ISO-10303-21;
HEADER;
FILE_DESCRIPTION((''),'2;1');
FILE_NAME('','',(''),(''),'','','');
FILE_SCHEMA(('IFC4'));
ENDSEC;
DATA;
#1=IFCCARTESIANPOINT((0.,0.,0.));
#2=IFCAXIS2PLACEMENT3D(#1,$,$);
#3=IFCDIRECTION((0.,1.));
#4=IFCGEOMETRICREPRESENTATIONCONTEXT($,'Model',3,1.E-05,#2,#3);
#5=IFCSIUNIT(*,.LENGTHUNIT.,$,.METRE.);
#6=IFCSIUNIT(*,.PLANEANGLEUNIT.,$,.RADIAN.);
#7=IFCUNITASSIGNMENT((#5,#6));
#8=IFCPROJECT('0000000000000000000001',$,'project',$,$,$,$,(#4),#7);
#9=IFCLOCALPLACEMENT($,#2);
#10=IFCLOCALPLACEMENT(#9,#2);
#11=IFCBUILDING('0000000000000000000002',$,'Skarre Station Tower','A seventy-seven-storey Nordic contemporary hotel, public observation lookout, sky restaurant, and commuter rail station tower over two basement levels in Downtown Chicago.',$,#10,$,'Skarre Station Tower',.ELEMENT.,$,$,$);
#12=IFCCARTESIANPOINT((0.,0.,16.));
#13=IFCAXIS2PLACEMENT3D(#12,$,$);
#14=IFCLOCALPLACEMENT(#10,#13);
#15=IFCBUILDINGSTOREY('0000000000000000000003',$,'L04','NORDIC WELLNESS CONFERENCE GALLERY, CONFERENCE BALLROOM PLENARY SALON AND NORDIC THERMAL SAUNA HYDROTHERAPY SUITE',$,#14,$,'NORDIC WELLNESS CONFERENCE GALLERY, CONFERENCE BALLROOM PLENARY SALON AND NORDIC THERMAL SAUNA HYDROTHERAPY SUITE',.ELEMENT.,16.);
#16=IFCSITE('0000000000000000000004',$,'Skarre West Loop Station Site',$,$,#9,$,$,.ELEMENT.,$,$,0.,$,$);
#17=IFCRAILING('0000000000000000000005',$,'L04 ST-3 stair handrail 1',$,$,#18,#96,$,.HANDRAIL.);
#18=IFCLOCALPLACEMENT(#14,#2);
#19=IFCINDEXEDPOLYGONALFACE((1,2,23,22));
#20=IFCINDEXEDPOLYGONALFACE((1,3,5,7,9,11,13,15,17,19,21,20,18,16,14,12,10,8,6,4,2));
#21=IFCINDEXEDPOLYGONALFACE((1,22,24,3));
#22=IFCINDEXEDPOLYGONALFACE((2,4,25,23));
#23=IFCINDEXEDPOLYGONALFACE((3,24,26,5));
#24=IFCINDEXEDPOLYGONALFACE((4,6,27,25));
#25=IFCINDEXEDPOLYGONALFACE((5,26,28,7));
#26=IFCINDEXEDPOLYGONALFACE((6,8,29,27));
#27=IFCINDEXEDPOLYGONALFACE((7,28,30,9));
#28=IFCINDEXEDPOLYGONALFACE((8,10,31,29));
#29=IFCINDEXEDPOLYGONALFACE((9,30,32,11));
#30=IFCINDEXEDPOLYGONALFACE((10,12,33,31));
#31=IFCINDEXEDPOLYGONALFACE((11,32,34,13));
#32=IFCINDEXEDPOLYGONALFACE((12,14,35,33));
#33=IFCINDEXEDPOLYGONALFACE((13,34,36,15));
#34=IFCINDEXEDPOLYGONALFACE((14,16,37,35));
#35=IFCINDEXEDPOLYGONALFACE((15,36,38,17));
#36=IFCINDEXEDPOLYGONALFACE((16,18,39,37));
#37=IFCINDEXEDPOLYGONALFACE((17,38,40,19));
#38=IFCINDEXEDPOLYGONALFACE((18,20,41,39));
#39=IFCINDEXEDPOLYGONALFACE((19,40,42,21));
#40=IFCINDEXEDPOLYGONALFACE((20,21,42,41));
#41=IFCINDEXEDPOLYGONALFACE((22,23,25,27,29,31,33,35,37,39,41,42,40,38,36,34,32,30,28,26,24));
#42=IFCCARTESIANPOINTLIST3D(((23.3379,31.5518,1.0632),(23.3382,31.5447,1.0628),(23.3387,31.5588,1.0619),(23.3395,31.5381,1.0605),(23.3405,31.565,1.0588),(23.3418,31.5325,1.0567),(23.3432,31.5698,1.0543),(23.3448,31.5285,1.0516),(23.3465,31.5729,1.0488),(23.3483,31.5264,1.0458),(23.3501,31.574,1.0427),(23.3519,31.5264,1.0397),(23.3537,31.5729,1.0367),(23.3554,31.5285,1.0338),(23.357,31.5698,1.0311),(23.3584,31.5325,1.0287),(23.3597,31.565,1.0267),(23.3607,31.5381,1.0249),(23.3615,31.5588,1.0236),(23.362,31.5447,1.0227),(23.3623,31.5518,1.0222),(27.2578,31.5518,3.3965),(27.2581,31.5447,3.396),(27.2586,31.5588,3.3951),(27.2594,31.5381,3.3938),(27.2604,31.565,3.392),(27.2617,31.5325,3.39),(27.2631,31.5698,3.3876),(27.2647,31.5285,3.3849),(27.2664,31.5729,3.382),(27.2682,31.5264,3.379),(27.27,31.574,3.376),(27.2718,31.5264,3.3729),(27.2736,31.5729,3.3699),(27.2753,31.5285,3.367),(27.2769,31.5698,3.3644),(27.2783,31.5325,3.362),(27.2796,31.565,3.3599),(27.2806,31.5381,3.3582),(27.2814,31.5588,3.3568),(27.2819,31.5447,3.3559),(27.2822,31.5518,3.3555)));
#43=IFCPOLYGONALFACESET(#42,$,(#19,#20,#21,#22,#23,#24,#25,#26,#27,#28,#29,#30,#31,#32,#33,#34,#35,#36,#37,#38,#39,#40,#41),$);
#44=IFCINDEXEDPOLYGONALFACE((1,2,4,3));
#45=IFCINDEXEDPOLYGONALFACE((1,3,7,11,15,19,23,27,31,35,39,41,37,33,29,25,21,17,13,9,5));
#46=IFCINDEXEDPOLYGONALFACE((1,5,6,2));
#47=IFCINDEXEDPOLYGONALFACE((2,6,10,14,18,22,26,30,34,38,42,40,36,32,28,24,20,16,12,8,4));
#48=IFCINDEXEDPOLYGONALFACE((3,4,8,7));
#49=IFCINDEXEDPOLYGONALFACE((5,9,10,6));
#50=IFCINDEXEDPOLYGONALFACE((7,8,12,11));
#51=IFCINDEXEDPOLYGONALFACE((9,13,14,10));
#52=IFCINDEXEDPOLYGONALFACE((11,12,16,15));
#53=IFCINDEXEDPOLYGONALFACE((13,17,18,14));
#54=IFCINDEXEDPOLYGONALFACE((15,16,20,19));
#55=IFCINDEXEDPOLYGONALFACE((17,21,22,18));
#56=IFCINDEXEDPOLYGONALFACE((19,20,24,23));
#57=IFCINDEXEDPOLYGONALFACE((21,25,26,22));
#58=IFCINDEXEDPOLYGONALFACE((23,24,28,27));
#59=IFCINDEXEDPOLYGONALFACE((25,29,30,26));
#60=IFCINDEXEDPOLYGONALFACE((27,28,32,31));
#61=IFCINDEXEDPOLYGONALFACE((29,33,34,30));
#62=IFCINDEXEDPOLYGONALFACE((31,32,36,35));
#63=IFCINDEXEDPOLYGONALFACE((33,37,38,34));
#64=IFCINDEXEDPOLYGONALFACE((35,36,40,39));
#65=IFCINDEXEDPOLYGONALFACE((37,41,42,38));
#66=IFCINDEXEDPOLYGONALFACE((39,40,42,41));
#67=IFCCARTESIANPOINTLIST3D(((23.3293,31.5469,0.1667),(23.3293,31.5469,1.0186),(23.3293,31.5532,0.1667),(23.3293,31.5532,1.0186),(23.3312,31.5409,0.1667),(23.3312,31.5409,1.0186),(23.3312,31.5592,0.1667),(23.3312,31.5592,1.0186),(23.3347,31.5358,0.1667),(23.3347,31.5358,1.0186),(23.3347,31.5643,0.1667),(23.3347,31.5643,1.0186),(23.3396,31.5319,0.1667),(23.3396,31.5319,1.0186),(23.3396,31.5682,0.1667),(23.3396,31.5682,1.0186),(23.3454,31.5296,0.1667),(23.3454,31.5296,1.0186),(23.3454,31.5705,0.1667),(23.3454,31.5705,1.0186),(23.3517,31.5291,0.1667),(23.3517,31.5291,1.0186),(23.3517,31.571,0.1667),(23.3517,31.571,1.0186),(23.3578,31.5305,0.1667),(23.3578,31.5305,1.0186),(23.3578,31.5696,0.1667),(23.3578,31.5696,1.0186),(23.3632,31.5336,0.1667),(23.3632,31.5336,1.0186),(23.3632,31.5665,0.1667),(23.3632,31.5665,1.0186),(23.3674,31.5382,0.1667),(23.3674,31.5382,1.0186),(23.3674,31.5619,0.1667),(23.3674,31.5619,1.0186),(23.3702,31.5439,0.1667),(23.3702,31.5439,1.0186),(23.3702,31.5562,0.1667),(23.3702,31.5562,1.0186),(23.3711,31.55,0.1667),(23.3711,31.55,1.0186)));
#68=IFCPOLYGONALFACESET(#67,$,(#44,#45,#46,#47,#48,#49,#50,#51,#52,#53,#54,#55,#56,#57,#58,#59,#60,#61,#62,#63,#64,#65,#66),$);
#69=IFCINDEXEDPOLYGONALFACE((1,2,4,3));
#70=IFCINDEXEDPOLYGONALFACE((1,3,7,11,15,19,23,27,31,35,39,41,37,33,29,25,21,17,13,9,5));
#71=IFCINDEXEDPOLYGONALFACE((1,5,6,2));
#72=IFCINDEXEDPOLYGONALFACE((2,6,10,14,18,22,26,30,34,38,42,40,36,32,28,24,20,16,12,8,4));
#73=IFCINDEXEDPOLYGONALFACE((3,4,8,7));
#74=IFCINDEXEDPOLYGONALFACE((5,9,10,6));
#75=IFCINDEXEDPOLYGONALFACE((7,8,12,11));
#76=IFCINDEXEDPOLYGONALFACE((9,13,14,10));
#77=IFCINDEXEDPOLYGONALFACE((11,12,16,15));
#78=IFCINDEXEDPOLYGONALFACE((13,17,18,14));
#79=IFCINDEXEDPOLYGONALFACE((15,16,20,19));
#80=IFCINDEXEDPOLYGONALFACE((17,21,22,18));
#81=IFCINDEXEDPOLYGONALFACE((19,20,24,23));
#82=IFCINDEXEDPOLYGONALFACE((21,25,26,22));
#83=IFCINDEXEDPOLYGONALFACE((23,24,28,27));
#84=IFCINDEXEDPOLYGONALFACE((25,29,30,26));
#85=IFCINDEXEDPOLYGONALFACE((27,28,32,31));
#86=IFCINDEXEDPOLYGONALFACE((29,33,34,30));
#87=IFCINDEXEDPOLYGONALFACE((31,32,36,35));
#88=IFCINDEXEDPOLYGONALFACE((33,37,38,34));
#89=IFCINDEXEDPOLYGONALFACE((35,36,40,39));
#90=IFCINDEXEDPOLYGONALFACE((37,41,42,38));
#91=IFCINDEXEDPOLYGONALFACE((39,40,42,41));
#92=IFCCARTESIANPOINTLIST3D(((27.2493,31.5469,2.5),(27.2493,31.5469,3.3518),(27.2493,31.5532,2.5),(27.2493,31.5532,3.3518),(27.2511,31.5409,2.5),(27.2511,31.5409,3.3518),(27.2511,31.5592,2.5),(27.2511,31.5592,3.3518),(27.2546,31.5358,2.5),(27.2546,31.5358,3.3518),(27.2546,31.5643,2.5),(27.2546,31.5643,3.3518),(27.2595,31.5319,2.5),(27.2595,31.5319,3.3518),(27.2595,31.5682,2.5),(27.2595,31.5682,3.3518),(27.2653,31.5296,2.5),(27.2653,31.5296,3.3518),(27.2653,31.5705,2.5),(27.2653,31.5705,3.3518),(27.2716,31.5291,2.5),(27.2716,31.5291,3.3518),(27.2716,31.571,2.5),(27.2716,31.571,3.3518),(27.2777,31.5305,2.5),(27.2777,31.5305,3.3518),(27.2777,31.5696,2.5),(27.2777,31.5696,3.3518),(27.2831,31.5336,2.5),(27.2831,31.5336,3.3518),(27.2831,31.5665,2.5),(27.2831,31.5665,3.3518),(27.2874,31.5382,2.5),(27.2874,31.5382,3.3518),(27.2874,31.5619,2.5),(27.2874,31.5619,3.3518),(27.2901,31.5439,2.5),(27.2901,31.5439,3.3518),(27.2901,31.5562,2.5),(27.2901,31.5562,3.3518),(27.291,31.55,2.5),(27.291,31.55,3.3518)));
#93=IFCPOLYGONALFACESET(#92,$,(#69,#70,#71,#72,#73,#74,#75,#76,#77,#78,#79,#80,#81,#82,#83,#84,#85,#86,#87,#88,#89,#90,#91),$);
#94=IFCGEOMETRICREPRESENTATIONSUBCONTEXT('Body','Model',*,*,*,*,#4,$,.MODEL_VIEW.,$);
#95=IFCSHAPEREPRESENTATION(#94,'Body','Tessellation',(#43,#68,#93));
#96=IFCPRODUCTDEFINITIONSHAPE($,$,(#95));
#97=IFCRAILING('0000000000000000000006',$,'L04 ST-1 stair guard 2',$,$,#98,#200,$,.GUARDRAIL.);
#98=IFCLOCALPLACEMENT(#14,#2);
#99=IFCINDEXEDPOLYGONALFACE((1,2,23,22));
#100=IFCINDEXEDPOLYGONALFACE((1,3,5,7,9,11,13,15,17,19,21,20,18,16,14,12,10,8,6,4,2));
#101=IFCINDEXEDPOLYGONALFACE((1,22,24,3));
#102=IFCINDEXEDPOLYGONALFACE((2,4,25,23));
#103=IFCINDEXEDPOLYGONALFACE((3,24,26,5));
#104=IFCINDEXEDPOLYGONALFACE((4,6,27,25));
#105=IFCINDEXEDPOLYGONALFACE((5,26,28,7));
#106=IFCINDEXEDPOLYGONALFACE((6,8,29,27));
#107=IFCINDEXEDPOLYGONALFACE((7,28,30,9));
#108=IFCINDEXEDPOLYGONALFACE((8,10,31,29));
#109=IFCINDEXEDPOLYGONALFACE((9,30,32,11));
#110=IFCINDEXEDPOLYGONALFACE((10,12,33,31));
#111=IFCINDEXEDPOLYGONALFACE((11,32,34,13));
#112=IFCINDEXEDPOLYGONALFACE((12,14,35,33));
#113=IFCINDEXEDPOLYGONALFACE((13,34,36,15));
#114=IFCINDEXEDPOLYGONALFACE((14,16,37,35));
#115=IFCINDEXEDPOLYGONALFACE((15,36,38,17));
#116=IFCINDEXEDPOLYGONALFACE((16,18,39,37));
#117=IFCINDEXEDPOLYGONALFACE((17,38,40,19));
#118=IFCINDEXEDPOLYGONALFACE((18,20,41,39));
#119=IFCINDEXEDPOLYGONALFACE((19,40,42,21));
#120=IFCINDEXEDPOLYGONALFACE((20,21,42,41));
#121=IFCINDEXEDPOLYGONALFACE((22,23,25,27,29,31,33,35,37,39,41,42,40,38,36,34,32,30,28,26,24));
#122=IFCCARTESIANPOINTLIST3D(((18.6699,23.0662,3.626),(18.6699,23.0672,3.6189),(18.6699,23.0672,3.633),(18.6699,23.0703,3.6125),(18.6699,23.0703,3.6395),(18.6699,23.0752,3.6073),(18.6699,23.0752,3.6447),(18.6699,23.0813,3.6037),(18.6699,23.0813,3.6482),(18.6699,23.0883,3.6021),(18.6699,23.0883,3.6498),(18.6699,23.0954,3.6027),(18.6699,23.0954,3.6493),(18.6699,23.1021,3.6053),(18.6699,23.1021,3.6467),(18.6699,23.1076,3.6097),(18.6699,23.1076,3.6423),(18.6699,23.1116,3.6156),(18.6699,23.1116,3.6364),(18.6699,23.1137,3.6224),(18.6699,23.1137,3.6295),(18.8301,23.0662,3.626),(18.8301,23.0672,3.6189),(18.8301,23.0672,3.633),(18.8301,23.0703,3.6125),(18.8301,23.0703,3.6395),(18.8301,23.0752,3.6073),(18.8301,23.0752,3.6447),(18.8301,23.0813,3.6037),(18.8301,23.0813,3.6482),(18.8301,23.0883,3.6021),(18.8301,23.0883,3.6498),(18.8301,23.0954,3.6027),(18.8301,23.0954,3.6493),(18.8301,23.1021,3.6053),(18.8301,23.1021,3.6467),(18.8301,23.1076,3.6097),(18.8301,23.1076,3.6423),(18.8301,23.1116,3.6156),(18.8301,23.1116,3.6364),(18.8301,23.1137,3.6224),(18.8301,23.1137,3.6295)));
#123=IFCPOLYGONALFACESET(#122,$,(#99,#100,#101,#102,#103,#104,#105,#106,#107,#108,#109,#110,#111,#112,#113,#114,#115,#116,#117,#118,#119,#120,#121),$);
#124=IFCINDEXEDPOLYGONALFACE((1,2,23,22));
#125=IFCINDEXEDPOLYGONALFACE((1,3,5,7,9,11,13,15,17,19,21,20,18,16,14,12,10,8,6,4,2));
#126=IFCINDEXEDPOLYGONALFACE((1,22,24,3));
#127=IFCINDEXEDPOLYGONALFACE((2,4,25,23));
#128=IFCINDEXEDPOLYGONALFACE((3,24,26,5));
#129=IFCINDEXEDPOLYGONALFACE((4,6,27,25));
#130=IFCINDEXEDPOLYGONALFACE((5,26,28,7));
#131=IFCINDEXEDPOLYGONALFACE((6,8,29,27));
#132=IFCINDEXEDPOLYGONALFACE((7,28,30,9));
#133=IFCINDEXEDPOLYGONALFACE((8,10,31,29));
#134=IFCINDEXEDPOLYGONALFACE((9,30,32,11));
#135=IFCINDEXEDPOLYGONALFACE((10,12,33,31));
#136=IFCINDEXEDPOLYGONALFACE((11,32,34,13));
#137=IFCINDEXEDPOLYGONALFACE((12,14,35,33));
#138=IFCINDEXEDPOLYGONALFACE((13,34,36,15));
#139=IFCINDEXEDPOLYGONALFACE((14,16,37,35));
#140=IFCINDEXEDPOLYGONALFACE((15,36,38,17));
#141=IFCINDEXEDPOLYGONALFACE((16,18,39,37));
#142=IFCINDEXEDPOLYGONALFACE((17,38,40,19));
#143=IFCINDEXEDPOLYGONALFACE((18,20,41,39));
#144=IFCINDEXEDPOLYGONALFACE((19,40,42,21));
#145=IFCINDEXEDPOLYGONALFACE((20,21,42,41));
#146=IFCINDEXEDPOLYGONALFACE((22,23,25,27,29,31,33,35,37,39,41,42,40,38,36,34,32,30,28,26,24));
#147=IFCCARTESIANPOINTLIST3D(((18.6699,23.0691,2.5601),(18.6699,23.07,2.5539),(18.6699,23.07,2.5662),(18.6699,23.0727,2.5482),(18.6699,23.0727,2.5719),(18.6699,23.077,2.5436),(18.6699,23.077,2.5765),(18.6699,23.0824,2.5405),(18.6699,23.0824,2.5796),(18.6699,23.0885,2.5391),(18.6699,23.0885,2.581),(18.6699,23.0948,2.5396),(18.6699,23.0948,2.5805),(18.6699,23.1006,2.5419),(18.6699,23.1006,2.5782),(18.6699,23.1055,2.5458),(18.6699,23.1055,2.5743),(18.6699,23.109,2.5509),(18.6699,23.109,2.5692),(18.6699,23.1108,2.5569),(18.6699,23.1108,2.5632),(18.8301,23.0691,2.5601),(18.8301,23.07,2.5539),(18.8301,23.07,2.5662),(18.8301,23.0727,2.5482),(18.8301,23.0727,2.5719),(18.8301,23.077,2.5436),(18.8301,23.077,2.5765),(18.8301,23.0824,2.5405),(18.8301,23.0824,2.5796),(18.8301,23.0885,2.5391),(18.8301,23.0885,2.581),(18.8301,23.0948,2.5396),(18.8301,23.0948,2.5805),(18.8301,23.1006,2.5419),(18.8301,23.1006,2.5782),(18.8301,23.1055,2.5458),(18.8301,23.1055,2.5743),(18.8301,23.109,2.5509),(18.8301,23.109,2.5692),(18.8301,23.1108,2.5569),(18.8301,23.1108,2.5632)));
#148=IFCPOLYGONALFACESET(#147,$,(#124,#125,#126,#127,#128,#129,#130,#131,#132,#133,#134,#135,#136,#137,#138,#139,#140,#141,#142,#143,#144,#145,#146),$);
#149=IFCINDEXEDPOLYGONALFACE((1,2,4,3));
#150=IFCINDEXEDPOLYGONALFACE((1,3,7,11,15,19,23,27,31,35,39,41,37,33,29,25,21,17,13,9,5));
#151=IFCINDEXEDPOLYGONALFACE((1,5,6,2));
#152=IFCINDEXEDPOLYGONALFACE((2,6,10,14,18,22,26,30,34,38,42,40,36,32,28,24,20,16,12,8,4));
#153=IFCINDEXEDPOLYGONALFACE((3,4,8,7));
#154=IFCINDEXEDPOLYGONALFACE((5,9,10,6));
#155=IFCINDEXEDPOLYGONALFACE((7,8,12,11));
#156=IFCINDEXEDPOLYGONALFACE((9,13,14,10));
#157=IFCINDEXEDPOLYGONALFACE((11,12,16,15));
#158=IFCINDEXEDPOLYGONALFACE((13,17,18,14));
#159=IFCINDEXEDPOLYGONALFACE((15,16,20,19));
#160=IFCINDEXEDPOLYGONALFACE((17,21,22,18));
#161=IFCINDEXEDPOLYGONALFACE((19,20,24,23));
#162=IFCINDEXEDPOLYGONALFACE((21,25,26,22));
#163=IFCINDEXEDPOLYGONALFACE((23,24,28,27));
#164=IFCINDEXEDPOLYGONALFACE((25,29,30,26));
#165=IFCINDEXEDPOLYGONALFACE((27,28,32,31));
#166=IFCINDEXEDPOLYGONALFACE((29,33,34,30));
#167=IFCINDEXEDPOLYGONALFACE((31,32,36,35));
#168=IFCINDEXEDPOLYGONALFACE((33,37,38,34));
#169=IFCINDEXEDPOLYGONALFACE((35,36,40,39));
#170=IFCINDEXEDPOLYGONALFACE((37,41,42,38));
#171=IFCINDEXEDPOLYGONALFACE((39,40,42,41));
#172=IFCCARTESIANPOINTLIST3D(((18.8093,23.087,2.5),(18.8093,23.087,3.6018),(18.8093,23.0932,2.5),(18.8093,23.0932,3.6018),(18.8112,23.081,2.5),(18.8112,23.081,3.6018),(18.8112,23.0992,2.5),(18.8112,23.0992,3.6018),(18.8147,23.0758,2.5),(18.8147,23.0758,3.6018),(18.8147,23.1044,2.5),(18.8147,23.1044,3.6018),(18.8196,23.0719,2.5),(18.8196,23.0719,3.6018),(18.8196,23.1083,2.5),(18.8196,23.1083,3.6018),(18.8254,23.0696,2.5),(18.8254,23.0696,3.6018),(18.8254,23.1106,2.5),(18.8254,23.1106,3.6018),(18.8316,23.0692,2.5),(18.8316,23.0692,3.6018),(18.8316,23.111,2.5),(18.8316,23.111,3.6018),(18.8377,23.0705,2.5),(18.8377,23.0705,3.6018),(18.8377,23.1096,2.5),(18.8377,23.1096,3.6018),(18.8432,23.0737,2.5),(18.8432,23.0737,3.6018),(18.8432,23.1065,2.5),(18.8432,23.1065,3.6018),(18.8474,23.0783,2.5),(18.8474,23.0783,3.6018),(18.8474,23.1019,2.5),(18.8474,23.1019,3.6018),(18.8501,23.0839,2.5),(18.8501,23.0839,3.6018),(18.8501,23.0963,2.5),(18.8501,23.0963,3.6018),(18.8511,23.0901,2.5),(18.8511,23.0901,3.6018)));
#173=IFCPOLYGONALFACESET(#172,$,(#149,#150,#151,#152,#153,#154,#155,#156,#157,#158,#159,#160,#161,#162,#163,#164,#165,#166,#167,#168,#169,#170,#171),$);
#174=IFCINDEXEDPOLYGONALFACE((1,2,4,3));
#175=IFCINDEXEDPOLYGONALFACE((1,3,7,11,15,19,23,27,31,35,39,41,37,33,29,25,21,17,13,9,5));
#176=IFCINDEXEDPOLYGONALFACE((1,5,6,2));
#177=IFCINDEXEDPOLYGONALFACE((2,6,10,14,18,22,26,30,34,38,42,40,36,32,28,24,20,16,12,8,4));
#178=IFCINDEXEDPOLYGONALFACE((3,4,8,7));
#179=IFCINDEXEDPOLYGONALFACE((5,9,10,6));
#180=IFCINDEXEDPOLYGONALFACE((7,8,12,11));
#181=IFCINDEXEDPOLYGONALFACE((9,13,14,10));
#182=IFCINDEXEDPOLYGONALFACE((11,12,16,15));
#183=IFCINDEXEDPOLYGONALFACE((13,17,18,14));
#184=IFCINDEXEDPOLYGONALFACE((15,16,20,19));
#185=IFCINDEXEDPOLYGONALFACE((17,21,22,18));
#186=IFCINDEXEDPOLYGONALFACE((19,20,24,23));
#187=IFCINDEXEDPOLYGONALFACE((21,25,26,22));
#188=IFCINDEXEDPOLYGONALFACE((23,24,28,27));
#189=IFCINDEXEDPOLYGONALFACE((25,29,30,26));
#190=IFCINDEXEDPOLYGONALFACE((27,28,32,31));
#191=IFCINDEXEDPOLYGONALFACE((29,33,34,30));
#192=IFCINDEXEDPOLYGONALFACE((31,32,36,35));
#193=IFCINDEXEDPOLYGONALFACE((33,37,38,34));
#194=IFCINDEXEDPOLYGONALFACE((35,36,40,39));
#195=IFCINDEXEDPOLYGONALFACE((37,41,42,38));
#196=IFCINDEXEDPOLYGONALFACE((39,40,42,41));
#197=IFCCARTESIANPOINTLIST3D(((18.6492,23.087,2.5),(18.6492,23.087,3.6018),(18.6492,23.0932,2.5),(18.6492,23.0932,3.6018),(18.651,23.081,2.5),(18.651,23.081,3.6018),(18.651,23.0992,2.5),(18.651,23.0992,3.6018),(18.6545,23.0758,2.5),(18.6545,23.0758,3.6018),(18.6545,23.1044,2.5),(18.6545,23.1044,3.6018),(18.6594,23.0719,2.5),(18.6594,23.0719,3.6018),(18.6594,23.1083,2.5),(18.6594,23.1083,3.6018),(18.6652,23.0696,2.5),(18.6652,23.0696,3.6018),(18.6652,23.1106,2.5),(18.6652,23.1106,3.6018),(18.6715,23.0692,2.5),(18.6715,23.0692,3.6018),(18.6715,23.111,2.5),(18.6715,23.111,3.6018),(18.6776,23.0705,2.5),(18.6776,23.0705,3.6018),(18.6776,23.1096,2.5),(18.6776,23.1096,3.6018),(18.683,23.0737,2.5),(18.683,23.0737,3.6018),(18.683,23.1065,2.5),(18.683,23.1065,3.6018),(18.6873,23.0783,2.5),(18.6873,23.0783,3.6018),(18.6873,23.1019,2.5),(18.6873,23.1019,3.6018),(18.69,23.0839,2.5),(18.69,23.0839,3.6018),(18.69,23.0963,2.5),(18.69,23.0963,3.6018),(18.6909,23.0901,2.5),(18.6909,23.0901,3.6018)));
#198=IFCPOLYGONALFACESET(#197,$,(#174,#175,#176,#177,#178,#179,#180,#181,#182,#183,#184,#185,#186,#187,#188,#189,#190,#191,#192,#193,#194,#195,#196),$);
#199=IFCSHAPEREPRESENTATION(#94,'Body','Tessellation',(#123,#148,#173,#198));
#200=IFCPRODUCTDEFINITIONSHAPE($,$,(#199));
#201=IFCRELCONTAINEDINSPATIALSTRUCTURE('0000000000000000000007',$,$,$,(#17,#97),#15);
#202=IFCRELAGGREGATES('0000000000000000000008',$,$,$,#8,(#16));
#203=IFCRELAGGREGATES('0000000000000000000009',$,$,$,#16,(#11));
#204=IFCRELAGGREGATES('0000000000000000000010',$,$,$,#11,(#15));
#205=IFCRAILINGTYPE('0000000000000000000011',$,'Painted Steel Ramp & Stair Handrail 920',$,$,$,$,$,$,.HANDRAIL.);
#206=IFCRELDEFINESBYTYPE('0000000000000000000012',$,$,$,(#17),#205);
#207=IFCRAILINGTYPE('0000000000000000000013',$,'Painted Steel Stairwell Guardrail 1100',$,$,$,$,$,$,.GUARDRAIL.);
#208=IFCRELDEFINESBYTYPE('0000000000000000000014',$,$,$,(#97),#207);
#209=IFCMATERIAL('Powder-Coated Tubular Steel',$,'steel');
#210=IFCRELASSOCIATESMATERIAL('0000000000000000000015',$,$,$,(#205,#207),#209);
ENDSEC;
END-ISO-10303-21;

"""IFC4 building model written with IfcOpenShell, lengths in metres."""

from ifc_helpers import new_model, si_unit, direction, frame, origin, origin_2d, place, context, subcontext, project, spatial, circle, extrude, material, type_object, element, save


model = new_model("IFC4")

# Units and contexts
model_context = context("Model", 3, precision=1e-05, world=origin(), true_north=direction((0.0, 1.0)))
body_context = subcontext(model_context, "Body", "Model", "MODEL_VIEW")
ifc_project = project(units=[si_unit("LENGTHUNIT", "METRE"), si_unit("PLANEANGLEUNIT", "RADIAN")], contexts=[model_context])

# Site, building, storey
site_placement = place(None, origin())
site = spatial("IfcSite", under=ifc_project, at=site_placement, Name="Skarre West Loop Station Site", CompositionType="ELEMENT", RefElevation=0.0)
building_placement = place(site_placement, origin())
building = spatial("IfcBuilding", under=site, at=building_placement, Name="Skarre Station Tower", Description="A seventy-seven-storey Nordic contemporary hotel, public observation lookout, sky restaurant, and commuter rail station tower over two basement levels in Downtown Chicago.", LongName="Skarre Station Tower", CompositionType="ELEMENT")
storey_placement = place(building_placement, frame((0.0, 0.0, 16.0)))
storey = spatial("IfcBuildingStorey", under=building, at=storey_placement, Name="L04", Description="NORDIC WELLNESS CONFERENCE GALLERY, CONFERENCE BALLROOM PLENARY SALON AND NORDIC THERMAL SAUNA HYDROTHERAPY SUITE", LongName="NORDIC WELLNESS CONFERENCE GALLERY, CONFERENCE BALLROOM PLENARY SALON AND NORDIC THERMAL SAUNA HYDROTHERAPY SUITE", CompositionType="ELEMENT", Elevation=16.0)

# Railings
ifc_material_1 = material(Name="Powder-Coated Tubular Steel", Category="steel")
railing_type_1 = type_object("IfcRailingType", Name="Painted Steel Ramp & Stair Handrail 920", PredefinedType="HANDRAIL", material=ifc_material_1)
railing_1_placement = place(storey_placement, frame((23.3501, 31.55, 0.1667)))
element("IfcRailing", 1, at=railing_1_placement, inside=storey, type_object=railing_type_1, Name="L04 ST-3 stair handrail 1", PredefinedType="HANDRAIL", context=body_context, shape_type="SweptSolid", body=[
    extrude(circle(Radius=0.0239, at=origin_2d()), frame((0.0, 0.0, 0.876), z_axis=(0.859296, 0.0, 0.511478), x_axis=(0.0, 1.0, 0.0)), (0.0, 0.0, 1.0), 4.5618),
    extrude(circle(Radius=0.021, at=origin_2d()), origin(), (0.0, 0.0, 1.0), 0.8518),
    extrude(circle(Radius=0.021, at=origin_2d()), frame((3.9199, 0.0, 2.3333)), (0.0, 0.0, 1.0), 0.8518),
])
railing_type_2 = type_object("IfcRailingType", Name="Painted Steel Stairwell Guardrail 1100", PredefinedType="GUARDRAIL", material=ifc_material_1)
railing_2_placement = place(storey_placement, frame((18.8301, 23.0901, 2.5)))
element("IfcRailing", 2, at=railing_2_placement, inside=storey, type_object=railing_type_2, Name="L04 ST-1 stair guard 2", PredefinedType="GUARDRAIL", context=body_context, shape_type="SweptSolid", body=[
    extrude(circle(Radius=0.0239, at=origin_2d()), frame((0.0, 0.0, 1.126), z_axis=(-1.0, 0.0, 0.0), x_axis=(0.0, -1.0, 0.0)), (0.0, 0.0, 1.0), 0.1602),
    extrude(circle(Radius=0.021, at=origin_2d()), frame((0.0, 0.0, 0.0601), z_axis=(-1.0, 0.0, 0.0), x_axis=(0.0, -1.0, 0.0)), (0.0, 0.0, 1.0), 0.1602),
    extrude(circle(Radius=0.021, at=origin_2d()), origin(), (0.0, 0.0, 1.0), 1.1018),
    extrude(circle(Radius=0.021, at=origin_2d()), frame((-0.1602, 0.0, 0.0)), (0.0, 0.0, 1.0), 1.1018),
])

save(model, "model.ifc")
